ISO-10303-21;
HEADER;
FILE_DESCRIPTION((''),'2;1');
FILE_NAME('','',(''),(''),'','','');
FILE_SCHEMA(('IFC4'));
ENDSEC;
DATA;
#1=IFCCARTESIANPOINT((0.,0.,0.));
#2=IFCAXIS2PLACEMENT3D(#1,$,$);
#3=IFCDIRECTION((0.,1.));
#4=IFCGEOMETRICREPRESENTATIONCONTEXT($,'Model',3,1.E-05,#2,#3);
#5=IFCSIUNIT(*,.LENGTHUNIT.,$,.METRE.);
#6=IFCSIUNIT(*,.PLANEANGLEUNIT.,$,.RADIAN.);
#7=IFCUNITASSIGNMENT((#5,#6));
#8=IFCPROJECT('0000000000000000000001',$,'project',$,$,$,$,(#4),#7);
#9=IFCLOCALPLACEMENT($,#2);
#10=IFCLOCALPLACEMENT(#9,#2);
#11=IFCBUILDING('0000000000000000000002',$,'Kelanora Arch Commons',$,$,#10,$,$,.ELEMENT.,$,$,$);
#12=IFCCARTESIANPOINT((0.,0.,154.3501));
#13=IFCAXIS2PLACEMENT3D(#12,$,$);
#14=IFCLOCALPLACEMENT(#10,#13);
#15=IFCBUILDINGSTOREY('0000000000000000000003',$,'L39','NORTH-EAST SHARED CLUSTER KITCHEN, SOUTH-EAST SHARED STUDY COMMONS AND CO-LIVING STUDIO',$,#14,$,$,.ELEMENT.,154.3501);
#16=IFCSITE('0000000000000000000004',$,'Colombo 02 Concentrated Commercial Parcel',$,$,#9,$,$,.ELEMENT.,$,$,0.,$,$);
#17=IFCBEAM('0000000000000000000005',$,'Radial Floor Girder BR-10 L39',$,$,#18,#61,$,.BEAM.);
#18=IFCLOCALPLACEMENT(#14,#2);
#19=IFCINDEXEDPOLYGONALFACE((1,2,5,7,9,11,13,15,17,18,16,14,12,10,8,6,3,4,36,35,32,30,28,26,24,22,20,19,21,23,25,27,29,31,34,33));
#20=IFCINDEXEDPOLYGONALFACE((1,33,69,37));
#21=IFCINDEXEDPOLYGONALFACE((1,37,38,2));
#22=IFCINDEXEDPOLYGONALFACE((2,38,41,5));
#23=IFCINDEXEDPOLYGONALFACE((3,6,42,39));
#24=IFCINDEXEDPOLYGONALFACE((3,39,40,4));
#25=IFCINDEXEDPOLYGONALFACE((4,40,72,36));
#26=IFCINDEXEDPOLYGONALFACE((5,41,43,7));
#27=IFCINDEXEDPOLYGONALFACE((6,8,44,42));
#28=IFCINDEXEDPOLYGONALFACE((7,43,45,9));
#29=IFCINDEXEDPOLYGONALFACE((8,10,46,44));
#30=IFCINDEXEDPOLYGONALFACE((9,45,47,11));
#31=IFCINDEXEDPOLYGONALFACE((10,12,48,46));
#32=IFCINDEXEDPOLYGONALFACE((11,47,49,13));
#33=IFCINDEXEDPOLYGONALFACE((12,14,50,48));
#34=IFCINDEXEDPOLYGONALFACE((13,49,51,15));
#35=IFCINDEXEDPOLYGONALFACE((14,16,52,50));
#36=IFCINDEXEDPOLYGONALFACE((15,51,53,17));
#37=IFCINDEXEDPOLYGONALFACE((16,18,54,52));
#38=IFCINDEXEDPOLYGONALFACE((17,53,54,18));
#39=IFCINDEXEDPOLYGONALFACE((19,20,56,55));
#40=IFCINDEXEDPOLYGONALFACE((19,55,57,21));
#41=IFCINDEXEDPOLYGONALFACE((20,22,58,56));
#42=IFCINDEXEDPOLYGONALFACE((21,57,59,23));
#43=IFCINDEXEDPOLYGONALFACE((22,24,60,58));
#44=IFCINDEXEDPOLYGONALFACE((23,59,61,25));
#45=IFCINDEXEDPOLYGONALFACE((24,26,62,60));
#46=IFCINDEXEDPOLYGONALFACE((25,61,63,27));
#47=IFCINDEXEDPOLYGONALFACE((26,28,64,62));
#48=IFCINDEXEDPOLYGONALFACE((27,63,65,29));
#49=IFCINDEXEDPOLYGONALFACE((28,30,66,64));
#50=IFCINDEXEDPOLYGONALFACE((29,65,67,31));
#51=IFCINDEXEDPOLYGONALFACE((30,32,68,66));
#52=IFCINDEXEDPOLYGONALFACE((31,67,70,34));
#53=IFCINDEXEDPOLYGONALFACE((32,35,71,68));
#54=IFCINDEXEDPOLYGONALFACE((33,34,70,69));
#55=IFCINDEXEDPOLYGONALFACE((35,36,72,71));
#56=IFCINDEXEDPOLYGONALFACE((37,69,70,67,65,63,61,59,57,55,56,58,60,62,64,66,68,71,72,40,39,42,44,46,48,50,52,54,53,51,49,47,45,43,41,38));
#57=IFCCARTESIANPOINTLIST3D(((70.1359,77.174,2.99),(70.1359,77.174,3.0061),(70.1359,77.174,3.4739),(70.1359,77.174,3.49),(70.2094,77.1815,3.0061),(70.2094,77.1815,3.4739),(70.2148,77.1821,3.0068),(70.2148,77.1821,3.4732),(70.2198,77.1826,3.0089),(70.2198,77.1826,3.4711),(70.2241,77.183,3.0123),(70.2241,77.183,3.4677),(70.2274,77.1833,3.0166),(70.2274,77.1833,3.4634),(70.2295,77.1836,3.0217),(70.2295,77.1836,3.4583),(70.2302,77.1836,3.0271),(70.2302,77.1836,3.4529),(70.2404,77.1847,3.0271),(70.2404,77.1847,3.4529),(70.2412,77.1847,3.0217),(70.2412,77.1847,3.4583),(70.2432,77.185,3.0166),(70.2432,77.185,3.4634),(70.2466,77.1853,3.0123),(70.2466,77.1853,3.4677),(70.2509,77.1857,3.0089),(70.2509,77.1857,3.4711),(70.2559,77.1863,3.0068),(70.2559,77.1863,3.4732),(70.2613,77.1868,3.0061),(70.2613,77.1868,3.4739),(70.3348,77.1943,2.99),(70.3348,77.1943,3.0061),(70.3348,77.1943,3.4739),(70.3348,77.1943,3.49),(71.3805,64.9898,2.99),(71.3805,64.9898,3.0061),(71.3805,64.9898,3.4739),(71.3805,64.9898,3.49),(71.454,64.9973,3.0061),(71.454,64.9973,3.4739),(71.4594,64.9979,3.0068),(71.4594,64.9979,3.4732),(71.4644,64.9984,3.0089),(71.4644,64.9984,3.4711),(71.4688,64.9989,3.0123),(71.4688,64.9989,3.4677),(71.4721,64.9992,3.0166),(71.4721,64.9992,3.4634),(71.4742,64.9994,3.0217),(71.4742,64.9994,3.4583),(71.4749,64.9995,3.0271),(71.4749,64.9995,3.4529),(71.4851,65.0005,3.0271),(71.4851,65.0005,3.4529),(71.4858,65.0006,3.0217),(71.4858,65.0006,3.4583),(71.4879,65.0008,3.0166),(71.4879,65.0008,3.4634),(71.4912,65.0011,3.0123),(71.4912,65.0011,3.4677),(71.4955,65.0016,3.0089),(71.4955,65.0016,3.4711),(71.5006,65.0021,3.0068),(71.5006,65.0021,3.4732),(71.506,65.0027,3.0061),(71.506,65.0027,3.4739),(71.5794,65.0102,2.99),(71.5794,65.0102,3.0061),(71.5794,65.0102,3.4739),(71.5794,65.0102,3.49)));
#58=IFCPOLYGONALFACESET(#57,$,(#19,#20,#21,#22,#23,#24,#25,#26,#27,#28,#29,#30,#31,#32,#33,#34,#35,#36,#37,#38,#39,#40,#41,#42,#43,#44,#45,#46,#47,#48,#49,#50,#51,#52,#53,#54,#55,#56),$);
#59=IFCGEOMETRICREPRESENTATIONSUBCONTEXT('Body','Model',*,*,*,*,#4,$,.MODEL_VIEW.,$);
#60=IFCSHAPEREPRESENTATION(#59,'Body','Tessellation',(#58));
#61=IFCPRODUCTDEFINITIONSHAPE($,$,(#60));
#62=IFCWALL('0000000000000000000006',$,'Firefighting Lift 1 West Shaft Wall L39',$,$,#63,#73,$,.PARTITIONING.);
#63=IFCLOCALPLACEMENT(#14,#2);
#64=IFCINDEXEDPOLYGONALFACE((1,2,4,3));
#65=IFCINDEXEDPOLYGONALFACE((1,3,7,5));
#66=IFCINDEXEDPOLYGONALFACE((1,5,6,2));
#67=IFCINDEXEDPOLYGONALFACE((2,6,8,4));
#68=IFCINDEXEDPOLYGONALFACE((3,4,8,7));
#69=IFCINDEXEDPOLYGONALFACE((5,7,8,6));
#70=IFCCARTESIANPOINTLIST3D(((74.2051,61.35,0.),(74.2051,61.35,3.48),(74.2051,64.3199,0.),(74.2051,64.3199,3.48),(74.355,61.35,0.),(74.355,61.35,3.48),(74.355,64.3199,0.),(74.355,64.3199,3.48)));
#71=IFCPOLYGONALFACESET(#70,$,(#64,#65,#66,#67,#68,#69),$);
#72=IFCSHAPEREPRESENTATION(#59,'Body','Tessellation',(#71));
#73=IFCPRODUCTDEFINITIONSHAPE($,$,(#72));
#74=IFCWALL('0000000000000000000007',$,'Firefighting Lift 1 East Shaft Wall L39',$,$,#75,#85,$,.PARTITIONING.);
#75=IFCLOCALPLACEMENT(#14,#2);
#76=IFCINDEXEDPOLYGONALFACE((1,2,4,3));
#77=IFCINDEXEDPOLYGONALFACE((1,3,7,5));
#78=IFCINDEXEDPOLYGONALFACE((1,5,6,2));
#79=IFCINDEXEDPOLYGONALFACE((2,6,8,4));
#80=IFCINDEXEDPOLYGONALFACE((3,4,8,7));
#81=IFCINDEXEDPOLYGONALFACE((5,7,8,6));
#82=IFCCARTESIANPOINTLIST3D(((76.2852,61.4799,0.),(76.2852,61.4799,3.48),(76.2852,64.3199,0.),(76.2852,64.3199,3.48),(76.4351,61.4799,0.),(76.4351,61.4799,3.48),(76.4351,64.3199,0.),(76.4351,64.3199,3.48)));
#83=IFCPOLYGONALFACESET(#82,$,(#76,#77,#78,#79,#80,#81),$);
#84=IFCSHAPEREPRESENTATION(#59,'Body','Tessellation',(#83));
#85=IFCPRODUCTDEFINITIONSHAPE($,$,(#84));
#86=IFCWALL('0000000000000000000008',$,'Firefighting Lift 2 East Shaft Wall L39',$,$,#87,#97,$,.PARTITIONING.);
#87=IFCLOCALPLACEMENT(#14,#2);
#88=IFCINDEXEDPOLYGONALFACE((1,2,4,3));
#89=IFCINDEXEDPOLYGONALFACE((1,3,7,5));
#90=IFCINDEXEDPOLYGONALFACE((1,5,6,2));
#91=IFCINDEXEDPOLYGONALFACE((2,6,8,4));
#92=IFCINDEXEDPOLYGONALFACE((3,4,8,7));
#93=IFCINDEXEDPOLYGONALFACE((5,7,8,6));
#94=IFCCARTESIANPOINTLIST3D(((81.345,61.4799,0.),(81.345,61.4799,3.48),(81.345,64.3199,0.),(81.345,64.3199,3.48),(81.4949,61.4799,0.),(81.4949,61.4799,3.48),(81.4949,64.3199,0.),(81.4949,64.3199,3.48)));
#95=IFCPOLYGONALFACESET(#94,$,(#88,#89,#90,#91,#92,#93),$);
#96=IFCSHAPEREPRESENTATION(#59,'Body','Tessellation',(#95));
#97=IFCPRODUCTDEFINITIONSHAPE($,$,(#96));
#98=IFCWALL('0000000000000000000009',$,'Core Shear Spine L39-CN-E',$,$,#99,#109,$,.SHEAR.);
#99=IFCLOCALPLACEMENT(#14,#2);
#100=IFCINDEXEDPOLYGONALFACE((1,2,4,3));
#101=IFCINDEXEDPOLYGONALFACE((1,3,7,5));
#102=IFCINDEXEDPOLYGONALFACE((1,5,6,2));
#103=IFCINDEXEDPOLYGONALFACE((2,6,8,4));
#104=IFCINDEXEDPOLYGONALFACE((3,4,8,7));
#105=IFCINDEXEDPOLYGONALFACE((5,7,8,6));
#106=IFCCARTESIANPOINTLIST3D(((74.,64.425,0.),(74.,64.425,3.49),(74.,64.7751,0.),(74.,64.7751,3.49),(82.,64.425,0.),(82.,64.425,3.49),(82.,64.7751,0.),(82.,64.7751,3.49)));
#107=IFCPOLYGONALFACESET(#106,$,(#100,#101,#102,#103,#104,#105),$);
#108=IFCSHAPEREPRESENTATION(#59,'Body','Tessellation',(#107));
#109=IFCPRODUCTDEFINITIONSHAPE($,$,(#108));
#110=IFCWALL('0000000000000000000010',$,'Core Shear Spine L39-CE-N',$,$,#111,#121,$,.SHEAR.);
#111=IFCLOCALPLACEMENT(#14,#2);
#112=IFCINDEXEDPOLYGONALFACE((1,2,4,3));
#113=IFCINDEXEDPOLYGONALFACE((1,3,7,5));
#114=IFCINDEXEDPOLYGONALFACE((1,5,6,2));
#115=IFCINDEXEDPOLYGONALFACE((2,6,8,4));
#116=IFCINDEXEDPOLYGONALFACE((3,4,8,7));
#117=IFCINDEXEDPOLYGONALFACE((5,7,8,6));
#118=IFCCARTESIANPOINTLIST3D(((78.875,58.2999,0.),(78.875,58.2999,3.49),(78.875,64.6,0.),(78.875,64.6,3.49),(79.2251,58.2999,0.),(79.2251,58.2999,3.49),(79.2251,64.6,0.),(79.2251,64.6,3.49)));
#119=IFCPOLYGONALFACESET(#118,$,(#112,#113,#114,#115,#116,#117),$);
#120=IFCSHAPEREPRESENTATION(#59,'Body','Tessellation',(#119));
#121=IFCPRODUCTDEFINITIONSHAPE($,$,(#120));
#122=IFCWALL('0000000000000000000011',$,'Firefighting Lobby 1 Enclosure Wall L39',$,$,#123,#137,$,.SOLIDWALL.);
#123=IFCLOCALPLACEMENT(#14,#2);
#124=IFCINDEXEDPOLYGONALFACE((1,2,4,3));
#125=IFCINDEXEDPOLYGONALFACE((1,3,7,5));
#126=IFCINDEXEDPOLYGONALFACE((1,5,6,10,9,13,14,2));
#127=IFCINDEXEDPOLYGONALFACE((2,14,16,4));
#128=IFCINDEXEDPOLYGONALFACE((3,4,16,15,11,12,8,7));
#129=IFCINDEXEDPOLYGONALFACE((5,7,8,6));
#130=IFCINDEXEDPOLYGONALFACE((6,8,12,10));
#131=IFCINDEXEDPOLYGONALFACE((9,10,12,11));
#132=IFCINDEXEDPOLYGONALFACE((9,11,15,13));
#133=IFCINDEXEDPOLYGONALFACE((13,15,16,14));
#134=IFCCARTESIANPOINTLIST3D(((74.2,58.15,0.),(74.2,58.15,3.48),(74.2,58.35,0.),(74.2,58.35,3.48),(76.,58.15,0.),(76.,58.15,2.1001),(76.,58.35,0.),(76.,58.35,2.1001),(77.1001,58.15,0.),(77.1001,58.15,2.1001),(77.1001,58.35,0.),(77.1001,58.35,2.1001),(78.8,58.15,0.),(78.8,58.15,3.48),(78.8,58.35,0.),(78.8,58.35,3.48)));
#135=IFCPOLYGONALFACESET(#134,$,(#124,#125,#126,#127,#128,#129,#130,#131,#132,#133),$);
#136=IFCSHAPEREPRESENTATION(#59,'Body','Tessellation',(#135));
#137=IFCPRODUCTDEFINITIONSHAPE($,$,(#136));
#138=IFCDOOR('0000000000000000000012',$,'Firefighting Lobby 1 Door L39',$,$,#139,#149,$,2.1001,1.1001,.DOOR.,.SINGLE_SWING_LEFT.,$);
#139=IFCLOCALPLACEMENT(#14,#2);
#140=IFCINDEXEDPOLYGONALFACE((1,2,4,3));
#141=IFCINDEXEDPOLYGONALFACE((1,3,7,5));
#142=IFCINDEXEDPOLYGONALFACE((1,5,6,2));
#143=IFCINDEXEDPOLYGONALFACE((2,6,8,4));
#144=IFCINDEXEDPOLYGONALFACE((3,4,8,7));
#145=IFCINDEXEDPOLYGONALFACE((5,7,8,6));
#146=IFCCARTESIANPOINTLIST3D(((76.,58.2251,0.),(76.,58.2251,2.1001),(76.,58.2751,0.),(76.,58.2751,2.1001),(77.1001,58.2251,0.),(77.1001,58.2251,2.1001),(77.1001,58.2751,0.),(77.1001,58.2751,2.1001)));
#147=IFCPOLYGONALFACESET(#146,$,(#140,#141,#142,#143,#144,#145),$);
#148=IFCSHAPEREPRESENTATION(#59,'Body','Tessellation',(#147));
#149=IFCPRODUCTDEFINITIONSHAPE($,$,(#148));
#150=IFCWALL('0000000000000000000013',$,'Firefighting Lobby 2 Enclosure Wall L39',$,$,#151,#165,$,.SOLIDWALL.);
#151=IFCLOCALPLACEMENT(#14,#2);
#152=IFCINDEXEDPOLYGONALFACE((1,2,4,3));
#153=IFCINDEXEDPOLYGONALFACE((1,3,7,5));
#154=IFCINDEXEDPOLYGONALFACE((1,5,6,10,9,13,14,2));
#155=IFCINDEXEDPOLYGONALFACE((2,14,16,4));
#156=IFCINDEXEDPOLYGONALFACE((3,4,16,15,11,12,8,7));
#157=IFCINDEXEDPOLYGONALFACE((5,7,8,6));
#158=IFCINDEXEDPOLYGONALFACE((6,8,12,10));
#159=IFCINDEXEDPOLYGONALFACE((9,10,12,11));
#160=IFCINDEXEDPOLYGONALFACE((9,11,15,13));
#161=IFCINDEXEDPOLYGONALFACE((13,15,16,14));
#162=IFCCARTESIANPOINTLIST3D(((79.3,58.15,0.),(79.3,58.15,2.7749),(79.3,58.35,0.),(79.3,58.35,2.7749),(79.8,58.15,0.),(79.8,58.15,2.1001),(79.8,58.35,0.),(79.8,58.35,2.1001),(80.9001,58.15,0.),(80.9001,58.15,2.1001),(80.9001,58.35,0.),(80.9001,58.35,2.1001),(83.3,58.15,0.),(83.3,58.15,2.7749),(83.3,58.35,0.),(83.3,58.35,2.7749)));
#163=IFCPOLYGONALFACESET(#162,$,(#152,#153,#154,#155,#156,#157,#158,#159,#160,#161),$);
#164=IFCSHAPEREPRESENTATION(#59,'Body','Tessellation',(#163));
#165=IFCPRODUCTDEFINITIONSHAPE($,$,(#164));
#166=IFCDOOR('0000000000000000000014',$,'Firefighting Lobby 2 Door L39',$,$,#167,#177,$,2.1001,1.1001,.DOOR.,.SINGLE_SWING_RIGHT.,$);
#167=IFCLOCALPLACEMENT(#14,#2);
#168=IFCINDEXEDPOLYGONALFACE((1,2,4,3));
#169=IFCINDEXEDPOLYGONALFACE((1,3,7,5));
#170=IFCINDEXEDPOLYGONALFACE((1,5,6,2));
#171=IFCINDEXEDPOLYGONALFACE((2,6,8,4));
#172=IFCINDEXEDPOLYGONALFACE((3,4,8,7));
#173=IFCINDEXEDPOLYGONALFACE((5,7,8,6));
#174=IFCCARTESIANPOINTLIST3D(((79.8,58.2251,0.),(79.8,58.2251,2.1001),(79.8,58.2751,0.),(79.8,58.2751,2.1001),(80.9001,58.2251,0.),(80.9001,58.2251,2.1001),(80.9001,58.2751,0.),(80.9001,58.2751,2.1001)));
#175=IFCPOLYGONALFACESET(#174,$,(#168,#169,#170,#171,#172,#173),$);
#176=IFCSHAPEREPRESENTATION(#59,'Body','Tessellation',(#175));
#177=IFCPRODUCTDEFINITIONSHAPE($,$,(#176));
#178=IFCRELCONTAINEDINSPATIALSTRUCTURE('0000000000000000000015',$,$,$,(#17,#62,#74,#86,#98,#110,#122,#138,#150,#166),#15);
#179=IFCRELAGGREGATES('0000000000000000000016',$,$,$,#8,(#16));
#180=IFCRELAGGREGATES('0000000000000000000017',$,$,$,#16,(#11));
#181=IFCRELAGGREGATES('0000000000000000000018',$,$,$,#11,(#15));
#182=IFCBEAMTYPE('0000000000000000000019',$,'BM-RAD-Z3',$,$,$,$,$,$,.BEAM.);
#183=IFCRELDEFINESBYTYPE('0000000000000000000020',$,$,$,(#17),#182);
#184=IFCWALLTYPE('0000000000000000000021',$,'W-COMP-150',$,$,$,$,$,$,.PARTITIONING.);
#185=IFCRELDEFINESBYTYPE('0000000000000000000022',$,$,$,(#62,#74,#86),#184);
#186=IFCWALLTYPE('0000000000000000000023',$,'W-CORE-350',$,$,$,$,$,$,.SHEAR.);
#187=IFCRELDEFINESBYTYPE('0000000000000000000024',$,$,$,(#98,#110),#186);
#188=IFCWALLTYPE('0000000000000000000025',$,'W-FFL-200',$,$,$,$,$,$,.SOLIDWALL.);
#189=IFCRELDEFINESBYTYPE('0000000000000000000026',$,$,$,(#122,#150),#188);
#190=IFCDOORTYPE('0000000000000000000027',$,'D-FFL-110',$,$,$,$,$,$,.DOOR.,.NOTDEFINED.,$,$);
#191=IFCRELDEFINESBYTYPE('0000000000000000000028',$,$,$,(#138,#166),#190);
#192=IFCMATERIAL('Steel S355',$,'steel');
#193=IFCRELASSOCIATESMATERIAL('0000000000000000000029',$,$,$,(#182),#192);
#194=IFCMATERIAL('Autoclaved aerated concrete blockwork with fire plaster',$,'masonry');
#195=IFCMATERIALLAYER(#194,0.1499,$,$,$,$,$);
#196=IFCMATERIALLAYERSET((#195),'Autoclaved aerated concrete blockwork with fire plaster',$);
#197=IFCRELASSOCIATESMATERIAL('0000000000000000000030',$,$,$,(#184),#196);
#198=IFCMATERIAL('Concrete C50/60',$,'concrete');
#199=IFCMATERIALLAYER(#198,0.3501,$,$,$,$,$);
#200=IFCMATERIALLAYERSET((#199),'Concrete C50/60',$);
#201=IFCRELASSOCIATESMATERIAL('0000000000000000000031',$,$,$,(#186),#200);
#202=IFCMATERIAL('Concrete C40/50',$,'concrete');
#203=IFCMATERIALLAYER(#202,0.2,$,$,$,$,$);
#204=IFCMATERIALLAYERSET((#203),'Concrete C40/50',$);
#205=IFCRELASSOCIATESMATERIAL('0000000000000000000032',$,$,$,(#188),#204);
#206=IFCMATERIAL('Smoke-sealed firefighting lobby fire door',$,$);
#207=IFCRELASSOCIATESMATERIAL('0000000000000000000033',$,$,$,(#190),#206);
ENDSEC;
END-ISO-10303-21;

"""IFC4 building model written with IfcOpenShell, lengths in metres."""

from ifc_helpers import new_model, si_unit, direction, frame, frame_2d, origin, origin_2d, place, context, subcontext, project, spatial, rectangle, i_section, extrude, material, layer, layer_set, material_profile, profile_set, type_object, element, fill, save


model = new_model("IFC4")

# Units and contexts
model_context = context("Model", 3, precision=1e-05, world=origin(), true_north=direction((0.0, 1.0)))
body_context = subcontext(model_context, "Body", "Model", "MODEL_VIEW")
ifc_project = project(units=[si_unit("LENGTHUNIT", "METRE"), si_unit("PLANEANGLEUNIT", "RADIAN")], contexts=[model_context])

# Site, building, storey
site_placement = place(None, origin())
site = spatial("IfcSite", under=ifc_project, at=site_placement, Name="Colombo 02 Concentrated Commercial Parcel", CompositionType="ELEMENT", RefElevation=0.0)
building_placement = place(site_placement, origin())
building = spatial("IfcBuilding", under=site, at=building_placement, Name="Kelanora Arch Commons", CompositionType="ELEMENT")
storey_placement = place(building_placement, frame((0.0, 0.0, 154.3501)))
storey = spatial("IfcBuildingStorey", under=building, at=storey_placement, Name="L39", Description="NORTH-EAST SHARED CLUSTER KITCHEN, SOUTH-EAST SHARED STUDY COMMONS AND CO-LIVING STUDIO", CompositionType="ELEMENT", Elevation=154.3501)

# Beam
ifc_material_1 = material(Name="Steel S355", Category="steel")
ifc_material_profile_1 = material_profile(ifc_material_1, i_section(OverallWidth=0.2, OverallDepth=0.5, WebThickness=0.0103, FlangeThickness=0.0161, FilletRadius=0.021, at=origin_2d()), Name="IPE500")
ifc_profile_set_1 = profile_set([ifc_material_profile_1], Name="Steel S355")
beam_type_1 = type_object("IfcBeamType", Name="BM-RAD-Z3", PredefinedType="BEAM", material=ifc_profile_set_1)
beam_1_placement = place(storey_placement, frame((71.48, 65.0, 3.24), z_axis=(-0.101623, 0.994823, 0.0), x_axis=(-0.994823, -0.101623, 0.0)))
element("IfcBeam", 1, at=beam_1_placement, inside=storey, type_object=beam_type_1, Name="Radial Floor Girder BR-10 L39", PredefinedType="BEAM", context=body_context, shape_type="SweptSolid", body=[
    extrude(i_section(OverallWidth=0.2, OverallDepth=0.5, WebThickness=0.0103, FlangeThickness=0.0161, FilletRadius=0.021, at=origin_2d()), origin(), (0.0, 0.0, 1.0), 12.2476),
])

# Walls
ifc_material_2 = material(Name="Autoclaved aerated concrete blockwork with fire plaster", Category="masonry")
ifc_layer_1 = layer(ifc_material_2, 0.1499)
ifc_layer_set_1 = layer_set([ifc_layer_1], Name="Autoclaved aerated concrete blockwork with fire plaster")
wall_type_1 = type_object("IfcWallType", Name="W-COMP-150", PredefinedType="PARTITIONING", material=ifc_layer_set_1)
wall_1_placement = place(storey_placement, frame((74.28, 61.3501, 0.0), z_axis=(0.0, 0.0, 1.0), x_axis=(0.0, 1.0, 0.0)))
element("IfcWall", 2, at=wall_1_placement, inside=storey, type_object=wall_type_1, Name="Firefighting Lift 1 West Shaft Wall L39", PredefinedType="PARTITIONING", context=body_context, shape_type="SweptSolid", body=[
    extrude(rectangle(XDim=2.97, YDim=0.1499, at=frame_2d((1.4849, 0.0))), origin(), (0.0, 0.0, 1.0), 3.48),
])
for number, where, z_axis, x_axis, name in (
    (3, (76.3601, 61.48, 0.0), (0.0, 0.0, 1.0), (0.0, 1.0, 0.0), "Firefighting Lift 1 East Shaft Wall L39"),
    (4, (81.4199, 61.48, 0.0), (0.0, 0.0, 1.0), (0.0, 1.0, 0.0), "Firefighting Lift 2 East Shaft Wall L39"),
):
    element("IfcWall", number, at=place(storey_placement, frame(where, z_axis=z_axis, x_axis=x_axis)), inside=storey, type_object=wall_type_1, Name=name, PredefinedType="PARTITIONING", context=body_context, shape_type="SweptSolid", body=[
        extrude(rectangle(XDim=2.8401, YDim=0.1499, at=frame_2d((1.4199, 0.0))), origin(), (0.0, 0.0, 1.0), 3.48),
    ])
ifc_material_3 = material(Name="Concrete C50/60", Category="concrete")
ifc_layer_2 = layer(ifc_material_3, 0.3501)
ifc_layer_set_2 = layer_set([ifc_layer_2], Name="Concrete C50/60")
wall_type_2 = type_object("IfcWallType", Name="W-CORE-350", PredefinedType="SHEAR", material=ifc_layer_set_2)
wall_2_placement = place(storey_placement, frame((74.0, 64.6001, 0.0), z_axis=(0.0, 0.0, 1.0), x_axis=(1.0, 0.0, 0.0)))
element("IfcWall", 5, at=wall_2_placement, inside=storey, type_object=wall_type_2, Name="Core Shear Spine L39-CN-E", PredefinedType="SHEAR", context=body_context, shape_type="SweptSolid", body=[
    extrude(rectangle(XDim=8.0, YDim=0.3501, at=frame_2d((4.0, 0.0))), origin(), (0.0, 0.0, 1.0), 3.49),
])
wall_3_placement = place(storey_placement, frame((79.05, 58.3, 0.0), z_axis=(0.0, 0.0, 1.0), x_axis=(0.0, 1.0, 0.0)))
element("IfcWall", 6, at=wall_3_placement, inside=storey, type_object=wall_type_2, Name="Core Shear Spine L39-CE-N", PredefinedType="SHEAR", context=body_context, shape_type="SweptSolid", body=[
    extrude(rectangle(XDim=6.3, YDim=0.3501, at=frame_2d((3.1499, 0.0))), origin(), (0.0, 0.0, 1.0), 3.49),
])

# Walls, openings, doors
ifc_material_4 = material(Name="Concrete C40/50", Category="concrete")
ifc_layer_3 = layer(ifc_material_4, 0.2)
ifc_layer_set_3 = layer_set([ifc_layer_3], Name="Concrete C40/50")
wall_type_3 = type_object("IfcWallType", Name="W-FFL-200", PredefinedType="SOLIDWALL", material=ifc_layer_set_3)
wall_4_placement = place(storey_placement, frame((74.2, 58.25, 0.0), z_axis=(0.0, 0.0, 1.0), x_axis=(1.0, 0.0, 0.0)))
wall_4 = element("IfcWall", 7, at=wall_4_placement, inside=storey, type_object=wall_type_3, Name="Firefighting Lobby 1 Enclosure Wall L39", PredefinedType="SOLIDWALL", context=body_context, shape_type="SweptSolid", body=[
    extrude(rectangle(XDim=4.6001, YDim=0.2, at=frame_2d((2.3, 0.0))), origin(), (0.0, 0.0, 1.0), 3.48),
])
opening_1_placement = place(wall_4_placement, frame((1.8, 0.0, 0.0)))
opening_1 = element("IfcOpeningElement", 8, at=opening_1_placement, cuts=wall_4, PredefinedType="OPENING", context=body_context, shape_type="SweptSolid", body=[
    extrude(rectangle(XDim=1.1001, YDim=2.1001, at=frame_2d((0.55, 1.05))), frame((0.0, 0.1099, 0.0), z_axis=(0.0, -1.0, 0.0), x_axis=(1.0, 0.0, 0.0)), (0.0, 0.0, 1.0), 0.22),
])
ifc_material_5 = material(Name="Smoke-sealed firefighting lobby fire door")
door_type_1 = type_object("IfcDoorType", Name="D-FFL-110", OperationType="NOTDEFINED", PredefinedType="DOOR", material=ifc_material_5)
door_1_placement = place(opening_1_placement, frame((1.1001, 0.0, 0.0), z_axis=(0.0, 0.0, 1.0), x_axis=(-1.0, 0.0, 0.0)))
door_1 = element("IfcDoor", 9, at=door_1_placement, inside=storey, type_object=door_type_1, Name="Firefighting Lobby 1 Door L39", OperationType="SINGLE_SWING_LEFT", OverallHeight=2.1001, OverallWidth=1.1001, PredefinedType="DOOR", context=body_context, shape_type="SweptSolid", body=[
    extrude(rectangle(XDim=1.1001, YDim=2.1001, at=frame_2d((0.55, 1.05))), frame((0.0, 0.0249, 0.0), z_axis=(0.0, -1.0, 0.0), x_axis=(1.0, 0.0, 0.0)), (0.0, 0.0, 1.0), 0.05),
])
fill(opening_1, door_1)
wall_5_placement = place(storey_placement, frame((79.3, 58.25, 0.0), z_axis=(0.0, 0.0, 1.0), x_axis=(1.0, 0.0, 0.0)))
wall_5 = element("IfcWall", 10, at=wall_5_placement, inside=storey, type_object=wall_type_3, Name="Firefighting Lobby 2 Enclosure Wall L39", PredefinedType="SOLIDWALL", context=body_context, shape_type="SweptSolid", body=[
    extrude(rectangle(XDim=4.0, YDim=0.2, at=frame_2d((2.0, 0.0))), origin(), (0.0, 0.0, 1.0), 2.7749),
])
opening_2_placement = place(wall_5_placement, frame((0.5, 0.0, 0.0)))
opening_2 = element("IfcOpeningElement", 11, at=opening_2_placement, cuts=wall_5, PredefinedType="OPENING", context=body_context, shape_type="SweptSolid", body=[
    extrude(rectangle(XDim=1.1001, YDim=2.1001, at=frame_2d((0.55, 1.05))), frame((0.0, 0.1099, 0.0), z_axis=(0.0, -1.0, 0.0), x_axis=(1.0, 0.0, 0.0)), (0.0, 0.0, 1.0), 0.22),
])
door_2_placement = place(opening_2_placement, frame((1.1001, 0.0, 0.0), z_axis=(0.0, 0.0, 1.0), x_axis=(-1.0, 0.0, 0.0)))
door_2 = element("IfcDoor", 12, at=door_2_placement, inside=storey, type_object=door_type_1, Name="Firefighting Lobby 2 Door L39", OperationType="SINGLE_SWING_RIGHT", OverallHeight=2.1001, OverallWidth=1.1001, PredefinedType="DOOR", context=body_context, shape_type="SweptSolid", body=[
    extrude(rectangle(XDim=1.1001, YDim=2.1001, at=frame_2d((0.55, 1.05))), frame((0.0, 0.0249, 0.0), z_axis=(0.0, -1.0, 0.0), x_axis=(1.0, 0.0, 0.0)), (0.0, 0.0, 1.0), 0.05),
])
fill(opening_2, door_2)

save(model, "model.ifc")
